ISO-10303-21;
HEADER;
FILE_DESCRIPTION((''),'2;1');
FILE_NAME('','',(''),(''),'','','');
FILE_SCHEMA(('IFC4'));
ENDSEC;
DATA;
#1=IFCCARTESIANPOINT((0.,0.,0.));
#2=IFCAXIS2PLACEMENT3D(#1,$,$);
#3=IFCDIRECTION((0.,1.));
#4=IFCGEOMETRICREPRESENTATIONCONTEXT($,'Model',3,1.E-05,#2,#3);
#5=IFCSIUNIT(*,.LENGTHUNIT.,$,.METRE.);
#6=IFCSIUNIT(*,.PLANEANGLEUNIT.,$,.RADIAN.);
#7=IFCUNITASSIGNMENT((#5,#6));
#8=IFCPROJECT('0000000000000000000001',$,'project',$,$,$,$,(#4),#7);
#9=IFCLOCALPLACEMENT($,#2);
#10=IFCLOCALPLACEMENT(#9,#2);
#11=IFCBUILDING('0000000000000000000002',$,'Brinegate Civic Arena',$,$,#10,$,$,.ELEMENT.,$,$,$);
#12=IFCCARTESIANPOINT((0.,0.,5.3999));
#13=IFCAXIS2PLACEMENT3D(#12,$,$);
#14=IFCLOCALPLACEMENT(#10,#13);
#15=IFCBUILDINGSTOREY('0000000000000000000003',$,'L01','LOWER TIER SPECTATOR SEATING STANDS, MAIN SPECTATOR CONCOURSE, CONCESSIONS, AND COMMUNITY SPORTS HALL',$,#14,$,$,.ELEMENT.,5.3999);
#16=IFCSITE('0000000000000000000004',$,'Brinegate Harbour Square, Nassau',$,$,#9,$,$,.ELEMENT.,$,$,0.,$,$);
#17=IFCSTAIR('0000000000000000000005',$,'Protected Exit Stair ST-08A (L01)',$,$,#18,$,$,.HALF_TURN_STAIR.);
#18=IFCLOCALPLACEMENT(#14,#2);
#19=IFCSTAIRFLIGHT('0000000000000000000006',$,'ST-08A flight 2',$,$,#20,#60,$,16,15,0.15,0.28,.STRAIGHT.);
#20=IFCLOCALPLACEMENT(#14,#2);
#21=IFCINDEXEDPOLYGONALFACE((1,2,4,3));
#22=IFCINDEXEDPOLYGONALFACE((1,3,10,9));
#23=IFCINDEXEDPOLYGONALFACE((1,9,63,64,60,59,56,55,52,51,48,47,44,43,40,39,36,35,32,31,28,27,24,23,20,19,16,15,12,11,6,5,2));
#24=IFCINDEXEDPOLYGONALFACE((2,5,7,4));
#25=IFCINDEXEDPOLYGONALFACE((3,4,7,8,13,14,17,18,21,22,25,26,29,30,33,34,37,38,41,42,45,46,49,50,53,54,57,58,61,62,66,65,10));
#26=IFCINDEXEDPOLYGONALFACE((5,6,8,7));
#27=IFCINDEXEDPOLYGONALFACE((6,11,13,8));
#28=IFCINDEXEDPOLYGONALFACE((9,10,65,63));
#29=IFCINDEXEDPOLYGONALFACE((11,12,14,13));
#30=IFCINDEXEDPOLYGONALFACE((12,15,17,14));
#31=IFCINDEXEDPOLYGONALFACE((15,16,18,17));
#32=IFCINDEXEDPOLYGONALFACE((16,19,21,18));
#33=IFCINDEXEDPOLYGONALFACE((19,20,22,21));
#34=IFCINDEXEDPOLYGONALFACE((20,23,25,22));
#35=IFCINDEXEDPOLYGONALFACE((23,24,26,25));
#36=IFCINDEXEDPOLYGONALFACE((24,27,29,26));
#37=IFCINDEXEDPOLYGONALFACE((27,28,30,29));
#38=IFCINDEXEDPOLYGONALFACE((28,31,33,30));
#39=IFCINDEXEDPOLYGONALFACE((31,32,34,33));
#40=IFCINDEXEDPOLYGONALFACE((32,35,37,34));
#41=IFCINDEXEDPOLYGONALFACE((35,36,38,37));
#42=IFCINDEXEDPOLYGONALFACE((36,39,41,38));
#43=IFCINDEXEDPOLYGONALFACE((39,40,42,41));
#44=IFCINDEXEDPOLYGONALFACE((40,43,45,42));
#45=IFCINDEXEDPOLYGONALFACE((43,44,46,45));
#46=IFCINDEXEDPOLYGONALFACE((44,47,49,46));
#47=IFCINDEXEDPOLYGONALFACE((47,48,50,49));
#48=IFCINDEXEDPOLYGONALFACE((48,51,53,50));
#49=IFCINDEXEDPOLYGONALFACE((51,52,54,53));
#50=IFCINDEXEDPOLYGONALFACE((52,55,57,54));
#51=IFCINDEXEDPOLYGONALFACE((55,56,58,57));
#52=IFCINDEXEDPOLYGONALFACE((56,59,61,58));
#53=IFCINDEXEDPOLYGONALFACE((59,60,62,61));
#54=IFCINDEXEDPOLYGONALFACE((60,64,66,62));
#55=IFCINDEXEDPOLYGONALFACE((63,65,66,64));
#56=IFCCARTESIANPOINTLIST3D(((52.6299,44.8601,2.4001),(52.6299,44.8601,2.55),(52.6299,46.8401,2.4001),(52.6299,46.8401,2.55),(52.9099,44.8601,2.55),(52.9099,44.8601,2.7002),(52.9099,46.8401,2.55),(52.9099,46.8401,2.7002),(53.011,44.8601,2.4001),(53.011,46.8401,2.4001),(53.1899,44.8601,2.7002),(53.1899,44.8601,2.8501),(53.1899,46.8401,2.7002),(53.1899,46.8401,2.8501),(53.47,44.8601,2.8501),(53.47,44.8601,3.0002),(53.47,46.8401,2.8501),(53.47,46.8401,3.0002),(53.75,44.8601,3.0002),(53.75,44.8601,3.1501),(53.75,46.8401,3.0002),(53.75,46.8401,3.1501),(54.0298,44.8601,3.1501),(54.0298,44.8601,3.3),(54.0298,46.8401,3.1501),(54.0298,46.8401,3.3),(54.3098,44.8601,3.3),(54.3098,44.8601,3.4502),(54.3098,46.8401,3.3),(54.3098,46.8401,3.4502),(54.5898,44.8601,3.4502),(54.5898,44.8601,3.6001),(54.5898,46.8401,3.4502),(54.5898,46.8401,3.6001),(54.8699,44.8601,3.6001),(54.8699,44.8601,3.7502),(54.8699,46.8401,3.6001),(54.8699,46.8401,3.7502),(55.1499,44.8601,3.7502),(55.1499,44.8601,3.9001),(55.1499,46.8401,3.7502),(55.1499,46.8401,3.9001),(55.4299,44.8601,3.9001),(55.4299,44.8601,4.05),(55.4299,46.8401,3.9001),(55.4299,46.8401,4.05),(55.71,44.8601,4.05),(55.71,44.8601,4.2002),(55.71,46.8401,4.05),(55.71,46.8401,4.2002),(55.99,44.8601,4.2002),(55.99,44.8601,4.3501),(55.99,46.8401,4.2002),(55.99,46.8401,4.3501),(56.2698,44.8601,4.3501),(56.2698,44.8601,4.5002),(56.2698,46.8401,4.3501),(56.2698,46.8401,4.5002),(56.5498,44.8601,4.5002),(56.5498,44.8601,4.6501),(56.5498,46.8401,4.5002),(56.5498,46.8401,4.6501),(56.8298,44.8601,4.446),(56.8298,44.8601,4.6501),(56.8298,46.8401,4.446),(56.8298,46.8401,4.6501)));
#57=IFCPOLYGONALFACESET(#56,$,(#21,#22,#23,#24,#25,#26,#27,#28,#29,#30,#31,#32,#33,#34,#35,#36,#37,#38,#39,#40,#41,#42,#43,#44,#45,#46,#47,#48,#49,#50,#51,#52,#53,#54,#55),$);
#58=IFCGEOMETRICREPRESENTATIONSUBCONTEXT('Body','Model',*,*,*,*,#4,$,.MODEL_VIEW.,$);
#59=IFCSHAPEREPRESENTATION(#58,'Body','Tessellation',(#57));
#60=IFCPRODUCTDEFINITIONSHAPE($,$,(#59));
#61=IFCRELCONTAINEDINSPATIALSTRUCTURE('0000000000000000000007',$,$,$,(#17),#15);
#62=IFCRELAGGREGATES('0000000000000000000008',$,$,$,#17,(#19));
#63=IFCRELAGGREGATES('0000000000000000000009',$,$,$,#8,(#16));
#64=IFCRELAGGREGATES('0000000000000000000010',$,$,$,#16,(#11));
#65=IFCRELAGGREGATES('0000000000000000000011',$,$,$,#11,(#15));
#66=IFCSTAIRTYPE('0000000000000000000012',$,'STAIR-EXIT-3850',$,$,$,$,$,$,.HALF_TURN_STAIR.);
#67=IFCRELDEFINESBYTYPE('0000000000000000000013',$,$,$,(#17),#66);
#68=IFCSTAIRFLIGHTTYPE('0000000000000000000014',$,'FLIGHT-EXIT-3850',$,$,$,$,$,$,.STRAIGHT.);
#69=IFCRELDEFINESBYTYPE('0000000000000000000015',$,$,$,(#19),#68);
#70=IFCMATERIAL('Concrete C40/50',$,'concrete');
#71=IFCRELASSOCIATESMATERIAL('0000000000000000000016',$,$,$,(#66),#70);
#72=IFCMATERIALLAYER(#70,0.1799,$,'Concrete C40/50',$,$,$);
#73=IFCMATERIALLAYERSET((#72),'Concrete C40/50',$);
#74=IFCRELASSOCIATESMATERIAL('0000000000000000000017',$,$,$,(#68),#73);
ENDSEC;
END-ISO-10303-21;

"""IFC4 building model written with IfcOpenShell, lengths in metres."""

from ifc_helpers import new_model, si_unit, direction, frame, origin, place, context, subcontext, project, spatial, polyline, outline, extrude, material, layer, layer_set, type_object, element, aggregate, save


model = new_model("IFC4")

# Units and contexts
model_context = context("Model", 3, precision=1e-05, world=origin(), true_north=direction((0.0, 1.0)))
body_context = subcontext(model_context, "Body", "Model", "MODEL_VIEW")
ifc_project = project(units=[si_unit("LENGTHUNIT", "METRE"), si_unit("PLANEANGLEUNIT", "RADIAN")], contexts=[model_context])

# Site, building, storey
site_placement = place(None, origin())
site = spatial("IfcSite", under=ifc_project, at=site_placement, Name="Brinegate Harbour Square, Nassau", CompositionType="ELEMENT", RefElevation=0.0)
building_placement = place(site_placement, origin())
building = spatial("IfcBuilding", under=site, at=building_placement, Name="Brinegate Civic Arena", CompositionType="ELEMENT")
storey_placement = place(building_placement, frame((0.0, 0.0, 5.3999)))
storey = spatial("IfcBuildingStorey", under=building, at=storey_placement, Name="L01", Description="LOWER TIER SPECTATOR SEATING STANDS, MAIN SPECTATOR CONCOURSE, CONCESSIONS, AND COMMUNITY SPORTS HALL", CompositionType="ELEMENT", Elevation=5.3999)

# Stair, stair flight
ifc_material_1 = material(Name="Concrete C40/50", Category="concrete")
stair_type = type_object("IfcStairType", Name="STAIR-EXIT-3850", PredefinedType="HALF_TURN_STAIR", material=ifc_material_1)
stair_placement = place(storey_placement, origin())
stair = element("IfcStair", 1, at=stair_placement, inside=storey, type_object=stair_type, Name="Protected Exit Stair ST-08A (L01)", PredefinedType="HALF_TURN_STAIR")
ifc_layer_1 = layer(ifc_material_1, 0.1799, Name="Concrete C40/50")
ifc_layer_set_1 = layer_set([ifc_layer_1], Name="Concrete C40/50")
stair_flight_type = type_object("IfcStairFlightType", Name="FLIGHT-EXIT-3850", PredefinedType="STRAIGHT", material=ifc_layer_set_1)
stair_flight_placement = place(storey_placement, frame((52.6299, 45.8501, 2.4001), z_axis=(0.0, 0.0, 1.0), x_axis=(1.0, 0.0, 0.0)))
stair_flight = element("IfcStairFlight", 2, at=stair_flight_placement, type_object=stair_flight_type, Name="ST-08A flight 2", NumberOfRisers=16, NumberOfTreads=15, PredefinedType="STRAIGHT", RiserHeight=0.15, TreadLength=0.28, context=body_context, shape_type="SweptSolid", body=[
    extrude(outline(polyline([(0.0, 0.0), (0.0, 0.1499), (0.28, 0.1499), (0.28, 0.3), (0.5601, 0.3), (0.5601, 0.45), (0.8401, 0.45), (0.8401, 0.6001), (1.1201, 0.6001), (1.1201, 0.75), (1.3999, 0.75), (1.3999, 0.8999), (1.6799, 0.8999), (1.6799, 1.05), (1.96, 1.05), (1.96, 1.2), (2.24, 1.2), (2.24, 1.3501), (2.52, 1.3501), (2.52, 1.5), (2.8, 1.5), (2.8, 1.6499), (3.0801, 1.6499), (3.0801, 1.8), (3.3601, 1.8), (3.3601, 1.95), (3.6399, 1.95), (3.6399, 2.1001), (3.9199, 2.1001), (3.9199, 2.25), (4.2, 2.25), (4.2, 2.3999), (4.2, 2.0459), (0.3811, 0.0), (0.0, 0.0)])), frame((0.0, 0.99, 0.0), z_axis=(0.0, -1.0, 0.0), x_axis=(1.0, 0.0, 0.0)), (0.0, 0.0, 1.0), 1.98),
])
aggregate(stair, [stair_flight])

save(model, "model.ifc")
